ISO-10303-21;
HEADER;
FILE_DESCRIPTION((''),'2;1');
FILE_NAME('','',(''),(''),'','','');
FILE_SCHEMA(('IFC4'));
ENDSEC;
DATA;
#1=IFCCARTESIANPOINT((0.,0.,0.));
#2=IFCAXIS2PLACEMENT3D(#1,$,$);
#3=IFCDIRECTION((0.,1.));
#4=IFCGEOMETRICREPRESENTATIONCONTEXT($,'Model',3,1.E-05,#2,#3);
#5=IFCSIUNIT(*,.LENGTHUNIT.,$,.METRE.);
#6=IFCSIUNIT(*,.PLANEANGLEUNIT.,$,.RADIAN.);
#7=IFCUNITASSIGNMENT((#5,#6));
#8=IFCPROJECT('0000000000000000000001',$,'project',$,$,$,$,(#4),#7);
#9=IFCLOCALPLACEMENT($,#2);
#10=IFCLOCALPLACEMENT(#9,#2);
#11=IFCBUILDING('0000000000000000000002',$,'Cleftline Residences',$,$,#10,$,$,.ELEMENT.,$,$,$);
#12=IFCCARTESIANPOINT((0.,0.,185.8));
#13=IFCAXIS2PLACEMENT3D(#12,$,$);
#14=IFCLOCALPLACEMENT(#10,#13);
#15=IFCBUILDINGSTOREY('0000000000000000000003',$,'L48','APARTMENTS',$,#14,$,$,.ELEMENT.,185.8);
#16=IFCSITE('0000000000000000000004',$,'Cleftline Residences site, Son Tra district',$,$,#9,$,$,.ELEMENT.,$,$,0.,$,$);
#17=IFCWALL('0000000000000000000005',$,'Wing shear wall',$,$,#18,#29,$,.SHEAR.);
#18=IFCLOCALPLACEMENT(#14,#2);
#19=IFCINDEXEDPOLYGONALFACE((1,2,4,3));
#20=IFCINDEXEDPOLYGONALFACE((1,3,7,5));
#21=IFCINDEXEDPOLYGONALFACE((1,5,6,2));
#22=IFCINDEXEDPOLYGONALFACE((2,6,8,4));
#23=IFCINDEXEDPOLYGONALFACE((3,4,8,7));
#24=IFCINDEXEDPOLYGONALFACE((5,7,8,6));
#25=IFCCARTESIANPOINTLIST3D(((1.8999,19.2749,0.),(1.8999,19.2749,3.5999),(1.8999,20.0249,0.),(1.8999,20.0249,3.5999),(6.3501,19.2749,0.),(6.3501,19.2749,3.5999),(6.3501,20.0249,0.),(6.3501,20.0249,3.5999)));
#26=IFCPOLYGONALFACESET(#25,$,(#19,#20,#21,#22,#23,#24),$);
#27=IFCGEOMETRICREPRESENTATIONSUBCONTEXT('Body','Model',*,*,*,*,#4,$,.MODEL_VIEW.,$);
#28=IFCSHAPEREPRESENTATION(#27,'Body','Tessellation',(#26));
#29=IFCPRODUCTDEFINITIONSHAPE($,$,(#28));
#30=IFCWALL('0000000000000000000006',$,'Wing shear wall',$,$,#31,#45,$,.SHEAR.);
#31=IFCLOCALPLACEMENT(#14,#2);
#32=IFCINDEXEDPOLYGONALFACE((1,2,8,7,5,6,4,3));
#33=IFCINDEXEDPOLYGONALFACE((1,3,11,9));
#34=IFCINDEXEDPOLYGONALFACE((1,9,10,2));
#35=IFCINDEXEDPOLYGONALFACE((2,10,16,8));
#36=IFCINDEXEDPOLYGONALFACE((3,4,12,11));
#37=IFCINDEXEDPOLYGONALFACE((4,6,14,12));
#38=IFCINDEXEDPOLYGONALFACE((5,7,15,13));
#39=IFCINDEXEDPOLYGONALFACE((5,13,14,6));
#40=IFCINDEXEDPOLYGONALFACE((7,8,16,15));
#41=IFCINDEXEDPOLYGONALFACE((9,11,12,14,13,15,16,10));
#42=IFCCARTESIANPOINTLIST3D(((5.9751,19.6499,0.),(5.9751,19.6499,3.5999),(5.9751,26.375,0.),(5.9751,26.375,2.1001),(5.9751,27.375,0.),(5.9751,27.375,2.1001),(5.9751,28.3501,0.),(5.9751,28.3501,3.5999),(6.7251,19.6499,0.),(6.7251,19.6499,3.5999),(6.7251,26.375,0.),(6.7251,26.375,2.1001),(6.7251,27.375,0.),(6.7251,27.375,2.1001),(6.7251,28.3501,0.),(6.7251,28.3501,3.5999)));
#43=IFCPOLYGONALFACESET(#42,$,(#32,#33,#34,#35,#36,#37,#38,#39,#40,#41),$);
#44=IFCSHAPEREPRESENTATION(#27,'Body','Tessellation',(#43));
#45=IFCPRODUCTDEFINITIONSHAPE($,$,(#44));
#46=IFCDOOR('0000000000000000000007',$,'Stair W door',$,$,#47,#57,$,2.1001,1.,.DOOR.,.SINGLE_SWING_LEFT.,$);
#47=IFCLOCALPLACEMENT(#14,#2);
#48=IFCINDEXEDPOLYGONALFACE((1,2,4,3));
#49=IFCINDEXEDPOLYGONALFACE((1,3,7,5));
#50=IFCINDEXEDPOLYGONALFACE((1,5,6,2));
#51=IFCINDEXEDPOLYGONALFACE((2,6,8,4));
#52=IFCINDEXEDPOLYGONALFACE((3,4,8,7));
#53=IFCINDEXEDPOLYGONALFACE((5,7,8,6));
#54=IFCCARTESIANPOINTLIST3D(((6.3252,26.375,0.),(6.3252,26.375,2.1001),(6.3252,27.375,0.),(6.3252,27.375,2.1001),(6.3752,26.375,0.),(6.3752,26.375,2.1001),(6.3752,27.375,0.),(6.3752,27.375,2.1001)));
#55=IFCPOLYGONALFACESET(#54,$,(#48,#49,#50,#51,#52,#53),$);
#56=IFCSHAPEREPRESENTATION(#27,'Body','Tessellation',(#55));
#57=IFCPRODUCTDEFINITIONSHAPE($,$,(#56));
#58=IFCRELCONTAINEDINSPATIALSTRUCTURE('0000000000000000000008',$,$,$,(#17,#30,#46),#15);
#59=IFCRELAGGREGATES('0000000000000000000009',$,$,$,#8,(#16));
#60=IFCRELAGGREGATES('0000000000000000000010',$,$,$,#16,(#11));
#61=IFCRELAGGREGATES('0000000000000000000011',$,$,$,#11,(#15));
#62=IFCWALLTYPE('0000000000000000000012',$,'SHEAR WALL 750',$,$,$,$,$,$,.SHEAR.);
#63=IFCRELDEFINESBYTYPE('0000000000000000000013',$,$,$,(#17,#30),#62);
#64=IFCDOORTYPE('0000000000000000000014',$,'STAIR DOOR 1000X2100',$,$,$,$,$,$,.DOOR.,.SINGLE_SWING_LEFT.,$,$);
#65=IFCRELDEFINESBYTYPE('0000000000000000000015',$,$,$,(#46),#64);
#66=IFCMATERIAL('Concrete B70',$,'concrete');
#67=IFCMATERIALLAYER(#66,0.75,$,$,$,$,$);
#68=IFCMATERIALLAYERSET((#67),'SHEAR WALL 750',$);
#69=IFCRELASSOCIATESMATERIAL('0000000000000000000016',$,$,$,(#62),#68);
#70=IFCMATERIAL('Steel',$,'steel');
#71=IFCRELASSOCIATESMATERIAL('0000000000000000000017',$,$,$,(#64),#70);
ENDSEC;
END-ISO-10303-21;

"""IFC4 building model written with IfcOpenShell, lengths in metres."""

from ifc_helpers import new_model, si_unit, direction, frame, frame_2d, origin, place, context, subcontext, project, spatial, rectangle, extrude, material, layer, layer_set, type_object, element, fill, save


model = new_model("IFC4")

# Units and contexts
model_context = context("Model", 3, precision=1e-05, world=origin(), true_north=direction((0.0, 1.0)))
body_context = subcontext(model_context, "Body", "Model", "MODEL_VIEW")
ifc_project = project(units=[si_unit("LENGTHUNIT", "METRE"), si_unit("PLANEANGLEUNIT", "RADIAN")], contexts=[model_context])

# Site, building, storey
site_placement = place(None, origin())
site = spatial("IfcSite", under=ifc_project, at=site_placement, Name="Cleftline Residences site, Son Tra district", CompositionType="ELEMENT", RefElevation=0.0)
building_placement = place(site_placement, origin())
building = spatial("IfcBuilding", under=site, at=building_placement, Name="Cleftline Residences", CompositionType="ELEMENT")
storey_placement = place(building_placement, frame((0.0, 0.0, 185.8)))
storey = spatial("IfcBuildingStorey", under=building, at=storey_placement, Name="L48", Description="APARTMENTS", CompositionType="ELEMENT", Elevation=185.8)

# Wall
ifc_material_1 = material(Name="Concrete B70", Category="concrete")
ifc_layer_1 = layer(ifc_material_1, 0.75)
ifc_layer_set_1 = layer_set([ifc_layer_1], Name="SHEAR WALL 750")
wall_type_1 = type_object("IfcWallType", Name="SHEAR WALL 750", PredefinedType="SHEAR", material=ifc_layer_set_1)
wall_1_placement = place(storey_placement, frame((1.8999, 19.6499, 0.0), z_axis=(0.0, 0.0, 1.0), x_axis=(1.0, 0.0, 0.0)))
element("IfcWall", 1, at=wall_1_placement, inside=storey, type_object=wall_type_1, Name="Wing shear wall", PredefinedType="SHEAR", context=body_context, shape_type="SweptSolid", body=[
    extrude(rectangle(XDim=4.4502, YDim=0.75, at=frame_2d((2.2251, 0.0))), origin(), (0.0, 0.0, 1.0), 3.5999),
])

# Wall, opening, door
wall_2_placement = place(storey_placement, frame((6.3501, 19.6499, 0.0), z_axis=(0.0, 0.0, 1.0), x_axis=(0.0, 1.0, 0.0)))
wall_2 = element("IfcWall", 2, at=wall_2_placement, inside=storey, type_object=wall_type_1, Name="Wing shear wall", PredefinedType="SHEAR", context=body_context, shape_type="SweptSolid", body=[
    extrude(rectangle(XDim=8.7002, YDim=0.75, at=frame_2d((4.3501, 0.0))), origin(), (0.0, 0.0, 1.0), 3.5999),
])
opening_1_placement = place(wall_2_placement, frame((6.7251, 0.0, 0.0)))
opening_1 = element("IfcOpeningElement", 3, at=opening_1_placement, cuts=wall_2, PredefinedType="OPENING", context=body_context, shape_type="SweptSolid", body=[
    extrude(rectangle(XDim=1.0, YDim=2.1001, at=frame_2d((0.5, 1.05))), frame((0.0, 0.385, 0.0), z_axis=(0.0, -1.0, 0.0), x_axis=(1.0, 0.0, 0.0)), (0.0, 0.0, 1.0), 0.77),
])
ifc_material_2 = material(Name="Steel", Category="steel")
door_type_1 = type_object("IfcDoorType", Name="STAIR DOOR 1000X2100", OperationType="SINGLE_SWING_LEFT", PredefinedType="DOOR", material=ifc_material_2)
door_1_placement = place(opening_1_placement, origin())
door_1 = element("IfcDoor", 4, at=door_1_placement, inside=storey, type_object=door_type_1, Name="Stair W door", OperationType="SINGLE_SWING_LEFT", OverallHeight=2.1001, OverallWidth=1.0, PredefinedType="DOOR", context=body_context, shape_type="SweptSolid", body=[
    extrude(rectangle(XDim=1.0, YDim=2.1001, at=frame_2d((0.5, 1.05))), frame((0.0, 0.0249, 0.0), z_axis=(0.0, -1.0, 0.0), x_axis=(1.0, 0.0, 0.0)), (0.0, 0.0, 1.0), 0.05),
])
fill(opening_1, door_1)

save(model, "model.ifc")
